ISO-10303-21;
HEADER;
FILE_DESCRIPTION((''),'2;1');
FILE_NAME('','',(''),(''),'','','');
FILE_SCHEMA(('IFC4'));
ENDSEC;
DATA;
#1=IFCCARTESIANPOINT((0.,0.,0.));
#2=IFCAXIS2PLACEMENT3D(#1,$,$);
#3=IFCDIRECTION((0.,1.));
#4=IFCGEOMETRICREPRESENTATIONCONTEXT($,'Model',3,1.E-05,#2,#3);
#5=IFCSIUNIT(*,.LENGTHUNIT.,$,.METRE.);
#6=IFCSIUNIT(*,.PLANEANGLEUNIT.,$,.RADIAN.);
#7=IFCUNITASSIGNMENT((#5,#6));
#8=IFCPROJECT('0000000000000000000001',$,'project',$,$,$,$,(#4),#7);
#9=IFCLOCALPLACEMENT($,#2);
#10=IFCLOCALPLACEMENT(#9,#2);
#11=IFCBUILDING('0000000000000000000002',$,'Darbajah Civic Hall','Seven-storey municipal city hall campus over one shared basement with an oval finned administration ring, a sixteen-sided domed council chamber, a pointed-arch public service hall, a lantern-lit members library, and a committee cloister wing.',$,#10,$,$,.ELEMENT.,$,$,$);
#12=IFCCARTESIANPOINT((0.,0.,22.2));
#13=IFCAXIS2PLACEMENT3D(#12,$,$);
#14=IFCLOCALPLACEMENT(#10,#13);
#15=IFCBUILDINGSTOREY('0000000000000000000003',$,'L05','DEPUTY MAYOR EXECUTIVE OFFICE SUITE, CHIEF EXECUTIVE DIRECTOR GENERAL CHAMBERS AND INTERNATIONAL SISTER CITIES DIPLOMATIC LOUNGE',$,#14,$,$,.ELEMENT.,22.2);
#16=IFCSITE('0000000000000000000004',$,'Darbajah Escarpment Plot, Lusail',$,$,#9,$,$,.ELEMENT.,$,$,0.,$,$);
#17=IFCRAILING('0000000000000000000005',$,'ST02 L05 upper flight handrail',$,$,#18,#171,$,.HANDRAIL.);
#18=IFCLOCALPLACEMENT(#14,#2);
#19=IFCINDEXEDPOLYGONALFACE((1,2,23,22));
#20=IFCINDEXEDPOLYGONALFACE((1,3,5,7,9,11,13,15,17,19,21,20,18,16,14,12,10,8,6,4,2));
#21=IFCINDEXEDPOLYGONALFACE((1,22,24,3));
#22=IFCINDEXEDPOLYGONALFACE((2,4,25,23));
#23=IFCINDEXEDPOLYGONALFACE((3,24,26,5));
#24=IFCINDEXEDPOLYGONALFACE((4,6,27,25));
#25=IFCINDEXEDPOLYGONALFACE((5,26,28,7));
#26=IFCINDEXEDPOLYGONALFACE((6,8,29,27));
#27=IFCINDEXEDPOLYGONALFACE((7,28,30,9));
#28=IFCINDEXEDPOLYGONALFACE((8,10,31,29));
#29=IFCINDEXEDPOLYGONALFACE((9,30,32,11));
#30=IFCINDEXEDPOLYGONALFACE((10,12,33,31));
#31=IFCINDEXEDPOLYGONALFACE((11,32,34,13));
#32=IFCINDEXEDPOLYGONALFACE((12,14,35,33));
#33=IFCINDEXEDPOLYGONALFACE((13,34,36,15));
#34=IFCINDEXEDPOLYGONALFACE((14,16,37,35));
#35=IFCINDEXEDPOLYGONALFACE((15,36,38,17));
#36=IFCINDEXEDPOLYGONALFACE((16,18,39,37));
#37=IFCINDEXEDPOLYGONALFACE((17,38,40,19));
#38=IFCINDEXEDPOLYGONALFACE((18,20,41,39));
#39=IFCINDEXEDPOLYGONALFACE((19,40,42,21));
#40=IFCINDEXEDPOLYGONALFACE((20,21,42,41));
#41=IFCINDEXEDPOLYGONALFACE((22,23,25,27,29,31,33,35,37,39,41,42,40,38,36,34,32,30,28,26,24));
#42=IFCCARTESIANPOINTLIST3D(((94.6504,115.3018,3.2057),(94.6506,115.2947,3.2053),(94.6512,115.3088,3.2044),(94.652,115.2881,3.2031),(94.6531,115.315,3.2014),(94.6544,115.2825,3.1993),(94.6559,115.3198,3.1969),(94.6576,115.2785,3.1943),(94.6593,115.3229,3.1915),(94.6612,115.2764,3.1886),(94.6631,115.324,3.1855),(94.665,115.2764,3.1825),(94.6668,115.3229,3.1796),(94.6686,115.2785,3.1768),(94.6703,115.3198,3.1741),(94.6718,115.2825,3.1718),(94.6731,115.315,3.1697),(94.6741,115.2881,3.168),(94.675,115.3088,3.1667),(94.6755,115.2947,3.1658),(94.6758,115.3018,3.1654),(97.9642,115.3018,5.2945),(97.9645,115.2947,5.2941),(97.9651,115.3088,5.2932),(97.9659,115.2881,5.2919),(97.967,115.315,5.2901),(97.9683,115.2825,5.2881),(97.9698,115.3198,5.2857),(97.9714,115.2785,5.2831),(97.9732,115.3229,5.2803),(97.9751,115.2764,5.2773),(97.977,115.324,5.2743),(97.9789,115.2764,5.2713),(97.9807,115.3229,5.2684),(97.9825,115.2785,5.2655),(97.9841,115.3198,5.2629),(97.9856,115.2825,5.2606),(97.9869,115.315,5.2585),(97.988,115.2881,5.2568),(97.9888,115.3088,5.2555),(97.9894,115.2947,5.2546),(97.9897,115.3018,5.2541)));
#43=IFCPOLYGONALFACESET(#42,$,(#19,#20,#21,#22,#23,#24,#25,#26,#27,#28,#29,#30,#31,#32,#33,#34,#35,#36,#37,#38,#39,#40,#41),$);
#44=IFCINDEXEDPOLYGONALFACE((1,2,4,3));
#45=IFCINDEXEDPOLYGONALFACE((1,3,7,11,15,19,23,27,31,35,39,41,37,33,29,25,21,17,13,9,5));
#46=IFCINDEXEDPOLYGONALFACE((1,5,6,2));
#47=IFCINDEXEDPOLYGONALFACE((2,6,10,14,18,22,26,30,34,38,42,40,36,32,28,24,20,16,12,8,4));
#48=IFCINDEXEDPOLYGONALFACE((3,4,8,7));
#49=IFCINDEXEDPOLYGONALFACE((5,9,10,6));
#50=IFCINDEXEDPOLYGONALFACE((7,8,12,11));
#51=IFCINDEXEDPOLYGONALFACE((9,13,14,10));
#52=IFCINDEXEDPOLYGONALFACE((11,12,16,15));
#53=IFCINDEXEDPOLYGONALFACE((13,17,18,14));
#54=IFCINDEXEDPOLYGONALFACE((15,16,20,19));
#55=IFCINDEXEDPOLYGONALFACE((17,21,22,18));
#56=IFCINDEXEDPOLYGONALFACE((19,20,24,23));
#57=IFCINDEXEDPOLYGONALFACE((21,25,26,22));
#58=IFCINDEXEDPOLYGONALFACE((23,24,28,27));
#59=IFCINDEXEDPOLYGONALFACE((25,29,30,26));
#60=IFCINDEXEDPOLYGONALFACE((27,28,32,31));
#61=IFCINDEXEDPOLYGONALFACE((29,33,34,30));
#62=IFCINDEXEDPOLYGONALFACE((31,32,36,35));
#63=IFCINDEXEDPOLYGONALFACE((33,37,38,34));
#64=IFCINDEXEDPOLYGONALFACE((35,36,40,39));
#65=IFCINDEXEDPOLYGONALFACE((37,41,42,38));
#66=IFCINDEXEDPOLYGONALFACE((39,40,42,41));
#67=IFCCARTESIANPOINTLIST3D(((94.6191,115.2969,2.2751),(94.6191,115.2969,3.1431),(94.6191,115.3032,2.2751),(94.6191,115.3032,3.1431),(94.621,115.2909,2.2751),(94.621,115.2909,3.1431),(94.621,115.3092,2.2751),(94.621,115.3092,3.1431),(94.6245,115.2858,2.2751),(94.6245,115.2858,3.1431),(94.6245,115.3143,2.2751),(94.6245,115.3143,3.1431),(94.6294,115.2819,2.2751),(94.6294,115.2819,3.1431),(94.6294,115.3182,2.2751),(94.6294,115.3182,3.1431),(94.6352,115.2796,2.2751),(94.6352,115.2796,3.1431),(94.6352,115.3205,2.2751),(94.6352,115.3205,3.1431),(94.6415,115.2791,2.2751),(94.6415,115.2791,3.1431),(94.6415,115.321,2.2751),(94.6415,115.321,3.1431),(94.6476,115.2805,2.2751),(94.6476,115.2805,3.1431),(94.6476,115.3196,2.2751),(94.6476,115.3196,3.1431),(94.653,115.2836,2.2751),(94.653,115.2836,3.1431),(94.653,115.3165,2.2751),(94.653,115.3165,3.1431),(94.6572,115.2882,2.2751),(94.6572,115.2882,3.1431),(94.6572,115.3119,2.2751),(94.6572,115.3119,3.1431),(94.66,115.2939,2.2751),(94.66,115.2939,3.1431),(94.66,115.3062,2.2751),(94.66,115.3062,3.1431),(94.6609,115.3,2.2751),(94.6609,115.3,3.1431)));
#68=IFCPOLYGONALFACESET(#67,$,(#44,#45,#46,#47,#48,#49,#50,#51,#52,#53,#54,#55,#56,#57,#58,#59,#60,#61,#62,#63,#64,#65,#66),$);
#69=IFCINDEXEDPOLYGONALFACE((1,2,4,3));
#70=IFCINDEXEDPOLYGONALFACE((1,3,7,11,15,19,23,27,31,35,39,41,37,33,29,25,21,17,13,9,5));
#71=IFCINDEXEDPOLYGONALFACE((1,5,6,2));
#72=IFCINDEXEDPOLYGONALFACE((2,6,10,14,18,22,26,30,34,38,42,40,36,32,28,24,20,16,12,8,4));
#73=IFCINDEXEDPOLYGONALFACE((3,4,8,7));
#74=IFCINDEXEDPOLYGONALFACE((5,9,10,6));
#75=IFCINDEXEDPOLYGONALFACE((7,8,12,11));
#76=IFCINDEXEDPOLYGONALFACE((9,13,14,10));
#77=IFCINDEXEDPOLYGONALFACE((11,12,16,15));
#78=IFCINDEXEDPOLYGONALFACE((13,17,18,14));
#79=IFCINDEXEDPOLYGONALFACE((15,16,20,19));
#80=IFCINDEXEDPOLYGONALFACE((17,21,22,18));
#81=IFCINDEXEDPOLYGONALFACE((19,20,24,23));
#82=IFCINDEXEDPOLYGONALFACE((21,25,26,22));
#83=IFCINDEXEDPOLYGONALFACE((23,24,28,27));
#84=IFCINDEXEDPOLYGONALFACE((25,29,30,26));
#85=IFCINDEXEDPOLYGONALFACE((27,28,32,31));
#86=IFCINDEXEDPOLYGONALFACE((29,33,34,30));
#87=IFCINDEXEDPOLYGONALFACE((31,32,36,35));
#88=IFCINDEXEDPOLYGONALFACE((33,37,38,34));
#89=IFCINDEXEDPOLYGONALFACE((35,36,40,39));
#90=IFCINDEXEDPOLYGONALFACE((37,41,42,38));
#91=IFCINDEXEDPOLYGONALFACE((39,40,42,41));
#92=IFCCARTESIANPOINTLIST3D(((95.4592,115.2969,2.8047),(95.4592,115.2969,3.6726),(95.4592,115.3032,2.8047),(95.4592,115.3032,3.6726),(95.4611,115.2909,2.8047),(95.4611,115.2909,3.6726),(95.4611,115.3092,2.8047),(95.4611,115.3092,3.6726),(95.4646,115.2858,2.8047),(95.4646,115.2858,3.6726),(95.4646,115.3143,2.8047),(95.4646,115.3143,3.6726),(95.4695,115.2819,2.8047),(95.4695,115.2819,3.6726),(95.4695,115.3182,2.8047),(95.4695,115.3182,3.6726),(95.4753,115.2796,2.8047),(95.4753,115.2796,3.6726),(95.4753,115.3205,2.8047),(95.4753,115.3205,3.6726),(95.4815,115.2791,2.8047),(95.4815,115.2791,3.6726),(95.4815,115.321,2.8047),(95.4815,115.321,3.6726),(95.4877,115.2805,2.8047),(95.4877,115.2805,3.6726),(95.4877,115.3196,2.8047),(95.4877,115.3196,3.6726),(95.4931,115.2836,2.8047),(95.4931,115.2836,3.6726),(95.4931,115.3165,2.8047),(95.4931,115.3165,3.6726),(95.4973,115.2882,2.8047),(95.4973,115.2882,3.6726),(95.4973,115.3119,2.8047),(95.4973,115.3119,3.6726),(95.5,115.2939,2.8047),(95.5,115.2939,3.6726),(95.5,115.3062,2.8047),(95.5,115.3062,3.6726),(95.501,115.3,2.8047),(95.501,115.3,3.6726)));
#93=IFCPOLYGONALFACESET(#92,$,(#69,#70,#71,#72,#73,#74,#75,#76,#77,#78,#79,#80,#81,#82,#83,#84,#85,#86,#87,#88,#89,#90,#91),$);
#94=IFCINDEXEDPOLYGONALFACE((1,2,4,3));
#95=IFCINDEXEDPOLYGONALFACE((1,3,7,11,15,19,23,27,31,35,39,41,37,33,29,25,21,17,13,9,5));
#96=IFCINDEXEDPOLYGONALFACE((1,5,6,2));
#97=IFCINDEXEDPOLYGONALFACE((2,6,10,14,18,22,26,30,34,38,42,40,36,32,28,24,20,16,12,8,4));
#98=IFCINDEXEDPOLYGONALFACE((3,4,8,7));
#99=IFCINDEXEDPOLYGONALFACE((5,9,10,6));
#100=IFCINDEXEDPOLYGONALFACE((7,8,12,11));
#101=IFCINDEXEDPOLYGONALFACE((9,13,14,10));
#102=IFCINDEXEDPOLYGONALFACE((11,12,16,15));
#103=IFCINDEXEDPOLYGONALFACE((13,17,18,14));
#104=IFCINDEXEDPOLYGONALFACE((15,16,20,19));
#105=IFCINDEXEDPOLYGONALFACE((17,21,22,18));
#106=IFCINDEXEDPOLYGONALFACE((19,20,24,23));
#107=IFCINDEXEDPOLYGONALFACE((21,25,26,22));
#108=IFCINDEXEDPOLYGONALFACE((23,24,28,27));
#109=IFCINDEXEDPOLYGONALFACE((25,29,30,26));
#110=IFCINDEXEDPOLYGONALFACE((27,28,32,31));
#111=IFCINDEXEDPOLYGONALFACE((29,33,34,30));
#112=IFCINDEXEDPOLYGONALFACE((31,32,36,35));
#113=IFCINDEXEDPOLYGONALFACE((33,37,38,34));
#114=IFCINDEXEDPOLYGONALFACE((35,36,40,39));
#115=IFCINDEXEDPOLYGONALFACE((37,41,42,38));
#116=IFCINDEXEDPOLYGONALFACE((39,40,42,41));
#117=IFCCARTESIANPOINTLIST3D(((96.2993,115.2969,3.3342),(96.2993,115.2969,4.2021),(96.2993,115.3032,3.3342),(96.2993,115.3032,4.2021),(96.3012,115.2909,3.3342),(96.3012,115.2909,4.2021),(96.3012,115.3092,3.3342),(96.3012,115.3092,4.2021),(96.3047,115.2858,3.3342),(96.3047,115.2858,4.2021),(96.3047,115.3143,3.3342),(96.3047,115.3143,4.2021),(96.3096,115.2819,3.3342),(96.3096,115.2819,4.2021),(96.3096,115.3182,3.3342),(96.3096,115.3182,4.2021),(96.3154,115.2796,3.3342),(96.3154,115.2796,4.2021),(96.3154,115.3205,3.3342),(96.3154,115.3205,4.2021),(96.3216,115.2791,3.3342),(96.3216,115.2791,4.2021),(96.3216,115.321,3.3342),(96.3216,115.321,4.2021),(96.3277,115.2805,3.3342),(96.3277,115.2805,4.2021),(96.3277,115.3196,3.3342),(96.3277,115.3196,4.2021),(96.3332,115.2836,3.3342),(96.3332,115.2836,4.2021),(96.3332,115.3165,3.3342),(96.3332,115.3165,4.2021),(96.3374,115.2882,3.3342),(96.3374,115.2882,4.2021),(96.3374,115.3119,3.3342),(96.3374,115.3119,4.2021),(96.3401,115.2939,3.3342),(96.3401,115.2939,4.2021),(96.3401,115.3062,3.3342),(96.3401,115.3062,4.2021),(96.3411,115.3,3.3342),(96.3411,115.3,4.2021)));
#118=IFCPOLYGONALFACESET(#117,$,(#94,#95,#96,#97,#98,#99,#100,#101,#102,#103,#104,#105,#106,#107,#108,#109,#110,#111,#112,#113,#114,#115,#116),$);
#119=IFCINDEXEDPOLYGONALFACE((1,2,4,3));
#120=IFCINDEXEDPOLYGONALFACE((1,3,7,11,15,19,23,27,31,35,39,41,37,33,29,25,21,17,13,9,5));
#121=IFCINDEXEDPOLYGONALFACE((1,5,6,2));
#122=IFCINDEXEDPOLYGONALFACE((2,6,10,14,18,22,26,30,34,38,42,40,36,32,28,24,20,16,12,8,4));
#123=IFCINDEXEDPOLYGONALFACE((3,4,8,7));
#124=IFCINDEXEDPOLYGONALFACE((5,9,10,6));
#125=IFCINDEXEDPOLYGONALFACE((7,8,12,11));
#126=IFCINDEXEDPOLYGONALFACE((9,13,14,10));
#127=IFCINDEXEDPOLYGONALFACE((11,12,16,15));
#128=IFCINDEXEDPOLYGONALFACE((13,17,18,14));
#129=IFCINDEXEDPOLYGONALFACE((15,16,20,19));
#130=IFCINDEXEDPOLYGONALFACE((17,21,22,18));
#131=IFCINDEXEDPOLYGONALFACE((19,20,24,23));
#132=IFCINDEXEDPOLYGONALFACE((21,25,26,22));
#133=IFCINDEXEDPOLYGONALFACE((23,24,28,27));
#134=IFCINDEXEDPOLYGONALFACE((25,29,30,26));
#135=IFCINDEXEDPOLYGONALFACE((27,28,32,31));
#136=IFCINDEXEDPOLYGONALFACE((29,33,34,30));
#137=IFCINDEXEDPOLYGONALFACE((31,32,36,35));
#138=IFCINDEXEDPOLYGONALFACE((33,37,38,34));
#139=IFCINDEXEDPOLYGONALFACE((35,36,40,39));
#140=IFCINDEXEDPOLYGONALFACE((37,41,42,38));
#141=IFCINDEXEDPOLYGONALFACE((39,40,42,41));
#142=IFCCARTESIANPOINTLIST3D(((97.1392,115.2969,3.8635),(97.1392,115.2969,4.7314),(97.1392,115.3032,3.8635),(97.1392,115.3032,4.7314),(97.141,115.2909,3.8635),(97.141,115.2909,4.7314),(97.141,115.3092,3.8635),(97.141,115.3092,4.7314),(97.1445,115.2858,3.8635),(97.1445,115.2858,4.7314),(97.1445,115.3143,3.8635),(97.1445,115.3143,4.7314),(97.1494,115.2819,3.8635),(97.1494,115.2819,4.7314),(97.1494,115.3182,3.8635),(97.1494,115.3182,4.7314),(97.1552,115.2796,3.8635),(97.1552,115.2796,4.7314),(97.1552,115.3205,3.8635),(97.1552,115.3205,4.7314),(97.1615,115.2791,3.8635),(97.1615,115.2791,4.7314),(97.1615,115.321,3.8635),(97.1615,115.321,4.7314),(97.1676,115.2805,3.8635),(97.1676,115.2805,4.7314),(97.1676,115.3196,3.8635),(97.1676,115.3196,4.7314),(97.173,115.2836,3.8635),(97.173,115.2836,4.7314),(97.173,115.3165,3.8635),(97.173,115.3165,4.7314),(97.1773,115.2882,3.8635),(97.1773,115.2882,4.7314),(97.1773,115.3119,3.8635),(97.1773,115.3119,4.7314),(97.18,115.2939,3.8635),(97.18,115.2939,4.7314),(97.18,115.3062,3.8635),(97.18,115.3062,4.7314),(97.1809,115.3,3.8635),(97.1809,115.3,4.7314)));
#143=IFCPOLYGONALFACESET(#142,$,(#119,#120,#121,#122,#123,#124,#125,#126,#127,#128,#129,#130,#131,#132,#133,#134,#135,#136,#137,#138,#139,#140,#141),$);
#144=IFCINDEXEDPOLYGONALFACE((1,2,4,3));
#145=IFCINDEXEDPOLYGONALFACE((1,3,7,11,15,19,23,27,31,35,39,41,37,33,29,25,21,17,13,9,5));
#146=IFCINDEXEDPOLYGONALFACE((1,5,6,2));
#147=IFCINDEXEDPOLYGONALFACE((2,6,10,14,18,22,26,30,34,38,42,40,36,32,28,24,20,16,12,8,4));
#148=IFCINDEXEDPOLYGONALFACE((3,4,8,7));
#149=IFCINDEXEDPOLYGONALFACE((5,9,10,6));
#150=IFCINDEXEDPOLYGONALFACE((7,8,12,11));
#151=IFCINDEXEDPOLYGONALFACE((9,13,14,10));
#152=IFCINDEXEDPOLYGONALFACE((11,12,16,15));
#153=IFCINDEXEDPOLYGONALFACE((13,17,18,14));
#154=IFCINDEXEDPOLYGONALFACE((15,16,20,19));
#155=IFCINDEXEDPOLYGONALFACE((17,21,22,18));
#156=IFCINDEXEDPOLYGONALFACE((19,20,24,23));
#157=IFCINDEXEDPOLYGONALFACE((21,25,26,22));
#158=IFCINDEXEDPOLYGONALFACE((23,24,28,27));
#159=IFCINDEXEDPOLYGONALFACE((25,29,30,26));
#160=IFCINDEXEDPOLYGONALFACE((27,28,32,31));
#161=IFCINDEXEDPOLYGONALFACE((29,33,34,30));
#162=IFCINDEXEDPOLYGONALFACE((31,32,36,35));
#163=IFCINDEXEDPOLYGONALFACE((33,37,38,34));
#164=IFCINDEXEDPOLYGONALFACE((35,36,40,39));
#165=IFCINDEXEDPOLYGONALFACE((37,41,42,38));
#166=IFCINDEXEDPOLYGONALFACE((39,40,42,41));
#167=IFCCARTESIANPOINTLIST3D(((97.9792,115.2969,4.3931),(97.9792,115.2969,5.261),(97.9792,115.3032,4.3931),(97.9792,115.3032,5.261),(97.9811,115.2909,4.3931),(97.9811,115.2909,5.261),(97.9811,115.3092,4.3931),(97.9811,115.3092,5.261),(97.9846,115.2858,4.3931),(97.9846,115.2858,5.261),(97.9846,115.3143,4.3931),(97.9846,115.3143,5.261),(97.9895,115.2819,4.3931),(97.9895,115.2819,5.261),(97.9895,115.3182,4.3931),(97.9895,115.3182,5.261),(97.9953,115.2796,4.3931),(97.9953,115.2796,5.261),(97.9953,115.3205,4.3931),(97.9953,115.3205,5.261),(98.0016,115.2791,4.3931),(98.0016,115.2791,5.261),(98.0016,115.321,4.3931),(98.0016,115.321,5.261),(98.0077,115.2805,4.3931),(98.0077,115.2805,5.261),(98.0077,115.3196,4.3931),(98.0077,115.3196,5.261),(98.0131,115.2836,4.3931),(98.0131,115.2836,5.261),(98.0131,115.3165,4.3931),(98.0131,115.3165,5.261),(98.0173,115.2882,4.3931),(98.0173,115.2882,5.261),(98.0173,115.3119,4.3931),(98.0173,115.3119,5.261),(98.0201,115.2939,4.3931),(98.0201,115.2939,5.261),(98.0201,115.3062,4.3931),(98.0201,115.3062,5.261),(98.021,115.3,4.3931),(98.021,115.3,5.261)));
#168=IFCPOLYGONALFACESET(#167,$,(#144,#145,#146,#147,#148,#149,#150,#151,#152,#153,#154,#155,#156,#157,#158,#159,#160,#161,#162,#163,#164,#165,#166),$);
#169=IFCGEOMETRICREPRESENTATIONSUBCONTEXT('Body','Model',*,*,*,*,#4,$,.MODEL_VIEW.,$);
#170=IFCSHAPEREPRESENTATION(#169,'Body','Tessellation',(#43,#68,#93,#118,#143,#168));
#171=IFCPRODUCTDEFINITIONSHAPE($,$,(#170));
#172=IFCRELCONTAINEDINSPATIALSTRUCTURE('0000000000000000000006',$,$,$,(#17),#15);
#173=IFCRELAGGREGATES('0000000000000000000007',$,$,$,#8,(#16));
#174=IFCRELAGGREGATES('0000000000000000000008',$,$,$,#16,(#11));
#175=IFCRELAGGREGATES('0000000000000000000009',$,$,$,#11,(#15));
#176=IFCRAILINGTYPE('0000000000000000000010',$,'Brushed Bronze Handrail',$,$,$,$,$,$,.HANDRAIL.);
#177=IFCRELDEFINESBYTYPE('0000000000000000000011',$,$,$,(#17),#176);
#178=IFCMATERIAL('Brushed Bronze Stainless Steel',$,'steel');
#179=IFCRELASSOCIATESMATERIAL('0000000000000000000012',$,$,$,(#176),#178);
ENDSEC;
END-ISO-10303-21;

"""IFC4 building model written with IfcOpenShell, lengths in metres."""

from ifc_helpers import new_model, si_unit, direction, frame, origin, origin_2d, place, context, subcontext, project, spatial, circle, extrude, material, type_object, element, save


model = new_model("IFC4")

# Units and contexts
model_context = context("Model", 3, precision=1e-05, world=origin(), true_north=direction((0.0, 1.0)))
body_context = subcontext(model_context, "Body", "Model", "MODEL_VIEW")
ifc_project = project(units=[si_unit("LENGTHUNIT", "METRE"), si_unit("PLANEANGLEUNIT", "RADIAN")], contexts=[model_context])

# Site, building, storey
site_placement = place(None, origin())
site = spatial("IfcSite", under=ifc_project, at=site_placement, Name="Darbajah Escarpment Plot, Lusail", CompositionType="ELEMENT", RefElevation=0.0)
building_placement = place(site_placement, origin())
building = spatial("IfcBuilding", under=site, at=building_placement, Name="Darbajah Civic Hall", Description="Seven-storey municipal city hall campus over one shared basement with an oval finned administration ring, a sixteen-sided domed council chamber, a pointed-arch public service hall, a lantern-lit members library, and a committee cloister wing.", CompositionType="ELEMENT")
storey_placement = place(building_placement, frame((0.0, 0.0, 22.2)))
storey = spatial("IfcBuildingStorey", under=building, at=storey_placement, Name="L05", Description="DEPUTY MAYOR EXECUTIVE OFFICE SUITE, CHIEF EXECUTIVE DIRECTOR GENERAL CHAMBERS AND INTERNATIONAL SISTER CITIES DIPLOMATIC LOUNGE", CompositionType="ELEMENT", Elevation=22.2)

# Railing
ifc_material_1 = material(Name="Brushed Bronze Stainless Steel", Category="steel")
railing_type_1 = type_object("IfcRailingType", Name="Brushed Bronze Handrail", PredefinedType="HANDRAIL", material=ifc_material_1)
railing_1_placement = place(storey_placement, frame((94.6399, 115.3, 2.2751)))
element("IfcRailing", 1, at=railing_1_placement, inside=storey, type_object=railing_type_1, Name="ST02 L05 upper flight handrail", PredefinedType="HANDRAIL", context=body_context, shape_type="SweptSolid", body=[
    extrude(circle(Radius=0.0239, at=origin_2d()), frame((0.0232, 0.0, 0.9104), z_axis=(0.845972, 0.0, 0.533227), x_axis=(0.0, 1.0, 0.0)), (0.0, 0.0, 1.0), 3.9172),
    extrude(circle(Radius=0.021, at=origin_2d()), origin(), (0.0, 0.0, 1.0), 0.8679),
    extrude(circle(Radius=0.021, at=origin_2d()), frame((0.8401, 0.0, 0.5295)), (0.0, 0.0, 1.0), 0.8679),
    extrude(circle(Radius=0.021, at=origin_2d()), frame((1.6802, 0.0, 1.0591)), (0.0, 0.0, 1.0), 0.8679),
    extrude(circle(Radius=0.021, at=origin_2d()), frame((2.52, 0.0, 1.5884)), (0.0, 0.0, 1.0), 0.8679),
    extrude(circle(Radius=0.021, at=origin_2d()), frame((3.3601, 0.0, 2.1179)), (0.0, 0.0, 1.0), 0.8679),
])

save(model, "model.ifc")
